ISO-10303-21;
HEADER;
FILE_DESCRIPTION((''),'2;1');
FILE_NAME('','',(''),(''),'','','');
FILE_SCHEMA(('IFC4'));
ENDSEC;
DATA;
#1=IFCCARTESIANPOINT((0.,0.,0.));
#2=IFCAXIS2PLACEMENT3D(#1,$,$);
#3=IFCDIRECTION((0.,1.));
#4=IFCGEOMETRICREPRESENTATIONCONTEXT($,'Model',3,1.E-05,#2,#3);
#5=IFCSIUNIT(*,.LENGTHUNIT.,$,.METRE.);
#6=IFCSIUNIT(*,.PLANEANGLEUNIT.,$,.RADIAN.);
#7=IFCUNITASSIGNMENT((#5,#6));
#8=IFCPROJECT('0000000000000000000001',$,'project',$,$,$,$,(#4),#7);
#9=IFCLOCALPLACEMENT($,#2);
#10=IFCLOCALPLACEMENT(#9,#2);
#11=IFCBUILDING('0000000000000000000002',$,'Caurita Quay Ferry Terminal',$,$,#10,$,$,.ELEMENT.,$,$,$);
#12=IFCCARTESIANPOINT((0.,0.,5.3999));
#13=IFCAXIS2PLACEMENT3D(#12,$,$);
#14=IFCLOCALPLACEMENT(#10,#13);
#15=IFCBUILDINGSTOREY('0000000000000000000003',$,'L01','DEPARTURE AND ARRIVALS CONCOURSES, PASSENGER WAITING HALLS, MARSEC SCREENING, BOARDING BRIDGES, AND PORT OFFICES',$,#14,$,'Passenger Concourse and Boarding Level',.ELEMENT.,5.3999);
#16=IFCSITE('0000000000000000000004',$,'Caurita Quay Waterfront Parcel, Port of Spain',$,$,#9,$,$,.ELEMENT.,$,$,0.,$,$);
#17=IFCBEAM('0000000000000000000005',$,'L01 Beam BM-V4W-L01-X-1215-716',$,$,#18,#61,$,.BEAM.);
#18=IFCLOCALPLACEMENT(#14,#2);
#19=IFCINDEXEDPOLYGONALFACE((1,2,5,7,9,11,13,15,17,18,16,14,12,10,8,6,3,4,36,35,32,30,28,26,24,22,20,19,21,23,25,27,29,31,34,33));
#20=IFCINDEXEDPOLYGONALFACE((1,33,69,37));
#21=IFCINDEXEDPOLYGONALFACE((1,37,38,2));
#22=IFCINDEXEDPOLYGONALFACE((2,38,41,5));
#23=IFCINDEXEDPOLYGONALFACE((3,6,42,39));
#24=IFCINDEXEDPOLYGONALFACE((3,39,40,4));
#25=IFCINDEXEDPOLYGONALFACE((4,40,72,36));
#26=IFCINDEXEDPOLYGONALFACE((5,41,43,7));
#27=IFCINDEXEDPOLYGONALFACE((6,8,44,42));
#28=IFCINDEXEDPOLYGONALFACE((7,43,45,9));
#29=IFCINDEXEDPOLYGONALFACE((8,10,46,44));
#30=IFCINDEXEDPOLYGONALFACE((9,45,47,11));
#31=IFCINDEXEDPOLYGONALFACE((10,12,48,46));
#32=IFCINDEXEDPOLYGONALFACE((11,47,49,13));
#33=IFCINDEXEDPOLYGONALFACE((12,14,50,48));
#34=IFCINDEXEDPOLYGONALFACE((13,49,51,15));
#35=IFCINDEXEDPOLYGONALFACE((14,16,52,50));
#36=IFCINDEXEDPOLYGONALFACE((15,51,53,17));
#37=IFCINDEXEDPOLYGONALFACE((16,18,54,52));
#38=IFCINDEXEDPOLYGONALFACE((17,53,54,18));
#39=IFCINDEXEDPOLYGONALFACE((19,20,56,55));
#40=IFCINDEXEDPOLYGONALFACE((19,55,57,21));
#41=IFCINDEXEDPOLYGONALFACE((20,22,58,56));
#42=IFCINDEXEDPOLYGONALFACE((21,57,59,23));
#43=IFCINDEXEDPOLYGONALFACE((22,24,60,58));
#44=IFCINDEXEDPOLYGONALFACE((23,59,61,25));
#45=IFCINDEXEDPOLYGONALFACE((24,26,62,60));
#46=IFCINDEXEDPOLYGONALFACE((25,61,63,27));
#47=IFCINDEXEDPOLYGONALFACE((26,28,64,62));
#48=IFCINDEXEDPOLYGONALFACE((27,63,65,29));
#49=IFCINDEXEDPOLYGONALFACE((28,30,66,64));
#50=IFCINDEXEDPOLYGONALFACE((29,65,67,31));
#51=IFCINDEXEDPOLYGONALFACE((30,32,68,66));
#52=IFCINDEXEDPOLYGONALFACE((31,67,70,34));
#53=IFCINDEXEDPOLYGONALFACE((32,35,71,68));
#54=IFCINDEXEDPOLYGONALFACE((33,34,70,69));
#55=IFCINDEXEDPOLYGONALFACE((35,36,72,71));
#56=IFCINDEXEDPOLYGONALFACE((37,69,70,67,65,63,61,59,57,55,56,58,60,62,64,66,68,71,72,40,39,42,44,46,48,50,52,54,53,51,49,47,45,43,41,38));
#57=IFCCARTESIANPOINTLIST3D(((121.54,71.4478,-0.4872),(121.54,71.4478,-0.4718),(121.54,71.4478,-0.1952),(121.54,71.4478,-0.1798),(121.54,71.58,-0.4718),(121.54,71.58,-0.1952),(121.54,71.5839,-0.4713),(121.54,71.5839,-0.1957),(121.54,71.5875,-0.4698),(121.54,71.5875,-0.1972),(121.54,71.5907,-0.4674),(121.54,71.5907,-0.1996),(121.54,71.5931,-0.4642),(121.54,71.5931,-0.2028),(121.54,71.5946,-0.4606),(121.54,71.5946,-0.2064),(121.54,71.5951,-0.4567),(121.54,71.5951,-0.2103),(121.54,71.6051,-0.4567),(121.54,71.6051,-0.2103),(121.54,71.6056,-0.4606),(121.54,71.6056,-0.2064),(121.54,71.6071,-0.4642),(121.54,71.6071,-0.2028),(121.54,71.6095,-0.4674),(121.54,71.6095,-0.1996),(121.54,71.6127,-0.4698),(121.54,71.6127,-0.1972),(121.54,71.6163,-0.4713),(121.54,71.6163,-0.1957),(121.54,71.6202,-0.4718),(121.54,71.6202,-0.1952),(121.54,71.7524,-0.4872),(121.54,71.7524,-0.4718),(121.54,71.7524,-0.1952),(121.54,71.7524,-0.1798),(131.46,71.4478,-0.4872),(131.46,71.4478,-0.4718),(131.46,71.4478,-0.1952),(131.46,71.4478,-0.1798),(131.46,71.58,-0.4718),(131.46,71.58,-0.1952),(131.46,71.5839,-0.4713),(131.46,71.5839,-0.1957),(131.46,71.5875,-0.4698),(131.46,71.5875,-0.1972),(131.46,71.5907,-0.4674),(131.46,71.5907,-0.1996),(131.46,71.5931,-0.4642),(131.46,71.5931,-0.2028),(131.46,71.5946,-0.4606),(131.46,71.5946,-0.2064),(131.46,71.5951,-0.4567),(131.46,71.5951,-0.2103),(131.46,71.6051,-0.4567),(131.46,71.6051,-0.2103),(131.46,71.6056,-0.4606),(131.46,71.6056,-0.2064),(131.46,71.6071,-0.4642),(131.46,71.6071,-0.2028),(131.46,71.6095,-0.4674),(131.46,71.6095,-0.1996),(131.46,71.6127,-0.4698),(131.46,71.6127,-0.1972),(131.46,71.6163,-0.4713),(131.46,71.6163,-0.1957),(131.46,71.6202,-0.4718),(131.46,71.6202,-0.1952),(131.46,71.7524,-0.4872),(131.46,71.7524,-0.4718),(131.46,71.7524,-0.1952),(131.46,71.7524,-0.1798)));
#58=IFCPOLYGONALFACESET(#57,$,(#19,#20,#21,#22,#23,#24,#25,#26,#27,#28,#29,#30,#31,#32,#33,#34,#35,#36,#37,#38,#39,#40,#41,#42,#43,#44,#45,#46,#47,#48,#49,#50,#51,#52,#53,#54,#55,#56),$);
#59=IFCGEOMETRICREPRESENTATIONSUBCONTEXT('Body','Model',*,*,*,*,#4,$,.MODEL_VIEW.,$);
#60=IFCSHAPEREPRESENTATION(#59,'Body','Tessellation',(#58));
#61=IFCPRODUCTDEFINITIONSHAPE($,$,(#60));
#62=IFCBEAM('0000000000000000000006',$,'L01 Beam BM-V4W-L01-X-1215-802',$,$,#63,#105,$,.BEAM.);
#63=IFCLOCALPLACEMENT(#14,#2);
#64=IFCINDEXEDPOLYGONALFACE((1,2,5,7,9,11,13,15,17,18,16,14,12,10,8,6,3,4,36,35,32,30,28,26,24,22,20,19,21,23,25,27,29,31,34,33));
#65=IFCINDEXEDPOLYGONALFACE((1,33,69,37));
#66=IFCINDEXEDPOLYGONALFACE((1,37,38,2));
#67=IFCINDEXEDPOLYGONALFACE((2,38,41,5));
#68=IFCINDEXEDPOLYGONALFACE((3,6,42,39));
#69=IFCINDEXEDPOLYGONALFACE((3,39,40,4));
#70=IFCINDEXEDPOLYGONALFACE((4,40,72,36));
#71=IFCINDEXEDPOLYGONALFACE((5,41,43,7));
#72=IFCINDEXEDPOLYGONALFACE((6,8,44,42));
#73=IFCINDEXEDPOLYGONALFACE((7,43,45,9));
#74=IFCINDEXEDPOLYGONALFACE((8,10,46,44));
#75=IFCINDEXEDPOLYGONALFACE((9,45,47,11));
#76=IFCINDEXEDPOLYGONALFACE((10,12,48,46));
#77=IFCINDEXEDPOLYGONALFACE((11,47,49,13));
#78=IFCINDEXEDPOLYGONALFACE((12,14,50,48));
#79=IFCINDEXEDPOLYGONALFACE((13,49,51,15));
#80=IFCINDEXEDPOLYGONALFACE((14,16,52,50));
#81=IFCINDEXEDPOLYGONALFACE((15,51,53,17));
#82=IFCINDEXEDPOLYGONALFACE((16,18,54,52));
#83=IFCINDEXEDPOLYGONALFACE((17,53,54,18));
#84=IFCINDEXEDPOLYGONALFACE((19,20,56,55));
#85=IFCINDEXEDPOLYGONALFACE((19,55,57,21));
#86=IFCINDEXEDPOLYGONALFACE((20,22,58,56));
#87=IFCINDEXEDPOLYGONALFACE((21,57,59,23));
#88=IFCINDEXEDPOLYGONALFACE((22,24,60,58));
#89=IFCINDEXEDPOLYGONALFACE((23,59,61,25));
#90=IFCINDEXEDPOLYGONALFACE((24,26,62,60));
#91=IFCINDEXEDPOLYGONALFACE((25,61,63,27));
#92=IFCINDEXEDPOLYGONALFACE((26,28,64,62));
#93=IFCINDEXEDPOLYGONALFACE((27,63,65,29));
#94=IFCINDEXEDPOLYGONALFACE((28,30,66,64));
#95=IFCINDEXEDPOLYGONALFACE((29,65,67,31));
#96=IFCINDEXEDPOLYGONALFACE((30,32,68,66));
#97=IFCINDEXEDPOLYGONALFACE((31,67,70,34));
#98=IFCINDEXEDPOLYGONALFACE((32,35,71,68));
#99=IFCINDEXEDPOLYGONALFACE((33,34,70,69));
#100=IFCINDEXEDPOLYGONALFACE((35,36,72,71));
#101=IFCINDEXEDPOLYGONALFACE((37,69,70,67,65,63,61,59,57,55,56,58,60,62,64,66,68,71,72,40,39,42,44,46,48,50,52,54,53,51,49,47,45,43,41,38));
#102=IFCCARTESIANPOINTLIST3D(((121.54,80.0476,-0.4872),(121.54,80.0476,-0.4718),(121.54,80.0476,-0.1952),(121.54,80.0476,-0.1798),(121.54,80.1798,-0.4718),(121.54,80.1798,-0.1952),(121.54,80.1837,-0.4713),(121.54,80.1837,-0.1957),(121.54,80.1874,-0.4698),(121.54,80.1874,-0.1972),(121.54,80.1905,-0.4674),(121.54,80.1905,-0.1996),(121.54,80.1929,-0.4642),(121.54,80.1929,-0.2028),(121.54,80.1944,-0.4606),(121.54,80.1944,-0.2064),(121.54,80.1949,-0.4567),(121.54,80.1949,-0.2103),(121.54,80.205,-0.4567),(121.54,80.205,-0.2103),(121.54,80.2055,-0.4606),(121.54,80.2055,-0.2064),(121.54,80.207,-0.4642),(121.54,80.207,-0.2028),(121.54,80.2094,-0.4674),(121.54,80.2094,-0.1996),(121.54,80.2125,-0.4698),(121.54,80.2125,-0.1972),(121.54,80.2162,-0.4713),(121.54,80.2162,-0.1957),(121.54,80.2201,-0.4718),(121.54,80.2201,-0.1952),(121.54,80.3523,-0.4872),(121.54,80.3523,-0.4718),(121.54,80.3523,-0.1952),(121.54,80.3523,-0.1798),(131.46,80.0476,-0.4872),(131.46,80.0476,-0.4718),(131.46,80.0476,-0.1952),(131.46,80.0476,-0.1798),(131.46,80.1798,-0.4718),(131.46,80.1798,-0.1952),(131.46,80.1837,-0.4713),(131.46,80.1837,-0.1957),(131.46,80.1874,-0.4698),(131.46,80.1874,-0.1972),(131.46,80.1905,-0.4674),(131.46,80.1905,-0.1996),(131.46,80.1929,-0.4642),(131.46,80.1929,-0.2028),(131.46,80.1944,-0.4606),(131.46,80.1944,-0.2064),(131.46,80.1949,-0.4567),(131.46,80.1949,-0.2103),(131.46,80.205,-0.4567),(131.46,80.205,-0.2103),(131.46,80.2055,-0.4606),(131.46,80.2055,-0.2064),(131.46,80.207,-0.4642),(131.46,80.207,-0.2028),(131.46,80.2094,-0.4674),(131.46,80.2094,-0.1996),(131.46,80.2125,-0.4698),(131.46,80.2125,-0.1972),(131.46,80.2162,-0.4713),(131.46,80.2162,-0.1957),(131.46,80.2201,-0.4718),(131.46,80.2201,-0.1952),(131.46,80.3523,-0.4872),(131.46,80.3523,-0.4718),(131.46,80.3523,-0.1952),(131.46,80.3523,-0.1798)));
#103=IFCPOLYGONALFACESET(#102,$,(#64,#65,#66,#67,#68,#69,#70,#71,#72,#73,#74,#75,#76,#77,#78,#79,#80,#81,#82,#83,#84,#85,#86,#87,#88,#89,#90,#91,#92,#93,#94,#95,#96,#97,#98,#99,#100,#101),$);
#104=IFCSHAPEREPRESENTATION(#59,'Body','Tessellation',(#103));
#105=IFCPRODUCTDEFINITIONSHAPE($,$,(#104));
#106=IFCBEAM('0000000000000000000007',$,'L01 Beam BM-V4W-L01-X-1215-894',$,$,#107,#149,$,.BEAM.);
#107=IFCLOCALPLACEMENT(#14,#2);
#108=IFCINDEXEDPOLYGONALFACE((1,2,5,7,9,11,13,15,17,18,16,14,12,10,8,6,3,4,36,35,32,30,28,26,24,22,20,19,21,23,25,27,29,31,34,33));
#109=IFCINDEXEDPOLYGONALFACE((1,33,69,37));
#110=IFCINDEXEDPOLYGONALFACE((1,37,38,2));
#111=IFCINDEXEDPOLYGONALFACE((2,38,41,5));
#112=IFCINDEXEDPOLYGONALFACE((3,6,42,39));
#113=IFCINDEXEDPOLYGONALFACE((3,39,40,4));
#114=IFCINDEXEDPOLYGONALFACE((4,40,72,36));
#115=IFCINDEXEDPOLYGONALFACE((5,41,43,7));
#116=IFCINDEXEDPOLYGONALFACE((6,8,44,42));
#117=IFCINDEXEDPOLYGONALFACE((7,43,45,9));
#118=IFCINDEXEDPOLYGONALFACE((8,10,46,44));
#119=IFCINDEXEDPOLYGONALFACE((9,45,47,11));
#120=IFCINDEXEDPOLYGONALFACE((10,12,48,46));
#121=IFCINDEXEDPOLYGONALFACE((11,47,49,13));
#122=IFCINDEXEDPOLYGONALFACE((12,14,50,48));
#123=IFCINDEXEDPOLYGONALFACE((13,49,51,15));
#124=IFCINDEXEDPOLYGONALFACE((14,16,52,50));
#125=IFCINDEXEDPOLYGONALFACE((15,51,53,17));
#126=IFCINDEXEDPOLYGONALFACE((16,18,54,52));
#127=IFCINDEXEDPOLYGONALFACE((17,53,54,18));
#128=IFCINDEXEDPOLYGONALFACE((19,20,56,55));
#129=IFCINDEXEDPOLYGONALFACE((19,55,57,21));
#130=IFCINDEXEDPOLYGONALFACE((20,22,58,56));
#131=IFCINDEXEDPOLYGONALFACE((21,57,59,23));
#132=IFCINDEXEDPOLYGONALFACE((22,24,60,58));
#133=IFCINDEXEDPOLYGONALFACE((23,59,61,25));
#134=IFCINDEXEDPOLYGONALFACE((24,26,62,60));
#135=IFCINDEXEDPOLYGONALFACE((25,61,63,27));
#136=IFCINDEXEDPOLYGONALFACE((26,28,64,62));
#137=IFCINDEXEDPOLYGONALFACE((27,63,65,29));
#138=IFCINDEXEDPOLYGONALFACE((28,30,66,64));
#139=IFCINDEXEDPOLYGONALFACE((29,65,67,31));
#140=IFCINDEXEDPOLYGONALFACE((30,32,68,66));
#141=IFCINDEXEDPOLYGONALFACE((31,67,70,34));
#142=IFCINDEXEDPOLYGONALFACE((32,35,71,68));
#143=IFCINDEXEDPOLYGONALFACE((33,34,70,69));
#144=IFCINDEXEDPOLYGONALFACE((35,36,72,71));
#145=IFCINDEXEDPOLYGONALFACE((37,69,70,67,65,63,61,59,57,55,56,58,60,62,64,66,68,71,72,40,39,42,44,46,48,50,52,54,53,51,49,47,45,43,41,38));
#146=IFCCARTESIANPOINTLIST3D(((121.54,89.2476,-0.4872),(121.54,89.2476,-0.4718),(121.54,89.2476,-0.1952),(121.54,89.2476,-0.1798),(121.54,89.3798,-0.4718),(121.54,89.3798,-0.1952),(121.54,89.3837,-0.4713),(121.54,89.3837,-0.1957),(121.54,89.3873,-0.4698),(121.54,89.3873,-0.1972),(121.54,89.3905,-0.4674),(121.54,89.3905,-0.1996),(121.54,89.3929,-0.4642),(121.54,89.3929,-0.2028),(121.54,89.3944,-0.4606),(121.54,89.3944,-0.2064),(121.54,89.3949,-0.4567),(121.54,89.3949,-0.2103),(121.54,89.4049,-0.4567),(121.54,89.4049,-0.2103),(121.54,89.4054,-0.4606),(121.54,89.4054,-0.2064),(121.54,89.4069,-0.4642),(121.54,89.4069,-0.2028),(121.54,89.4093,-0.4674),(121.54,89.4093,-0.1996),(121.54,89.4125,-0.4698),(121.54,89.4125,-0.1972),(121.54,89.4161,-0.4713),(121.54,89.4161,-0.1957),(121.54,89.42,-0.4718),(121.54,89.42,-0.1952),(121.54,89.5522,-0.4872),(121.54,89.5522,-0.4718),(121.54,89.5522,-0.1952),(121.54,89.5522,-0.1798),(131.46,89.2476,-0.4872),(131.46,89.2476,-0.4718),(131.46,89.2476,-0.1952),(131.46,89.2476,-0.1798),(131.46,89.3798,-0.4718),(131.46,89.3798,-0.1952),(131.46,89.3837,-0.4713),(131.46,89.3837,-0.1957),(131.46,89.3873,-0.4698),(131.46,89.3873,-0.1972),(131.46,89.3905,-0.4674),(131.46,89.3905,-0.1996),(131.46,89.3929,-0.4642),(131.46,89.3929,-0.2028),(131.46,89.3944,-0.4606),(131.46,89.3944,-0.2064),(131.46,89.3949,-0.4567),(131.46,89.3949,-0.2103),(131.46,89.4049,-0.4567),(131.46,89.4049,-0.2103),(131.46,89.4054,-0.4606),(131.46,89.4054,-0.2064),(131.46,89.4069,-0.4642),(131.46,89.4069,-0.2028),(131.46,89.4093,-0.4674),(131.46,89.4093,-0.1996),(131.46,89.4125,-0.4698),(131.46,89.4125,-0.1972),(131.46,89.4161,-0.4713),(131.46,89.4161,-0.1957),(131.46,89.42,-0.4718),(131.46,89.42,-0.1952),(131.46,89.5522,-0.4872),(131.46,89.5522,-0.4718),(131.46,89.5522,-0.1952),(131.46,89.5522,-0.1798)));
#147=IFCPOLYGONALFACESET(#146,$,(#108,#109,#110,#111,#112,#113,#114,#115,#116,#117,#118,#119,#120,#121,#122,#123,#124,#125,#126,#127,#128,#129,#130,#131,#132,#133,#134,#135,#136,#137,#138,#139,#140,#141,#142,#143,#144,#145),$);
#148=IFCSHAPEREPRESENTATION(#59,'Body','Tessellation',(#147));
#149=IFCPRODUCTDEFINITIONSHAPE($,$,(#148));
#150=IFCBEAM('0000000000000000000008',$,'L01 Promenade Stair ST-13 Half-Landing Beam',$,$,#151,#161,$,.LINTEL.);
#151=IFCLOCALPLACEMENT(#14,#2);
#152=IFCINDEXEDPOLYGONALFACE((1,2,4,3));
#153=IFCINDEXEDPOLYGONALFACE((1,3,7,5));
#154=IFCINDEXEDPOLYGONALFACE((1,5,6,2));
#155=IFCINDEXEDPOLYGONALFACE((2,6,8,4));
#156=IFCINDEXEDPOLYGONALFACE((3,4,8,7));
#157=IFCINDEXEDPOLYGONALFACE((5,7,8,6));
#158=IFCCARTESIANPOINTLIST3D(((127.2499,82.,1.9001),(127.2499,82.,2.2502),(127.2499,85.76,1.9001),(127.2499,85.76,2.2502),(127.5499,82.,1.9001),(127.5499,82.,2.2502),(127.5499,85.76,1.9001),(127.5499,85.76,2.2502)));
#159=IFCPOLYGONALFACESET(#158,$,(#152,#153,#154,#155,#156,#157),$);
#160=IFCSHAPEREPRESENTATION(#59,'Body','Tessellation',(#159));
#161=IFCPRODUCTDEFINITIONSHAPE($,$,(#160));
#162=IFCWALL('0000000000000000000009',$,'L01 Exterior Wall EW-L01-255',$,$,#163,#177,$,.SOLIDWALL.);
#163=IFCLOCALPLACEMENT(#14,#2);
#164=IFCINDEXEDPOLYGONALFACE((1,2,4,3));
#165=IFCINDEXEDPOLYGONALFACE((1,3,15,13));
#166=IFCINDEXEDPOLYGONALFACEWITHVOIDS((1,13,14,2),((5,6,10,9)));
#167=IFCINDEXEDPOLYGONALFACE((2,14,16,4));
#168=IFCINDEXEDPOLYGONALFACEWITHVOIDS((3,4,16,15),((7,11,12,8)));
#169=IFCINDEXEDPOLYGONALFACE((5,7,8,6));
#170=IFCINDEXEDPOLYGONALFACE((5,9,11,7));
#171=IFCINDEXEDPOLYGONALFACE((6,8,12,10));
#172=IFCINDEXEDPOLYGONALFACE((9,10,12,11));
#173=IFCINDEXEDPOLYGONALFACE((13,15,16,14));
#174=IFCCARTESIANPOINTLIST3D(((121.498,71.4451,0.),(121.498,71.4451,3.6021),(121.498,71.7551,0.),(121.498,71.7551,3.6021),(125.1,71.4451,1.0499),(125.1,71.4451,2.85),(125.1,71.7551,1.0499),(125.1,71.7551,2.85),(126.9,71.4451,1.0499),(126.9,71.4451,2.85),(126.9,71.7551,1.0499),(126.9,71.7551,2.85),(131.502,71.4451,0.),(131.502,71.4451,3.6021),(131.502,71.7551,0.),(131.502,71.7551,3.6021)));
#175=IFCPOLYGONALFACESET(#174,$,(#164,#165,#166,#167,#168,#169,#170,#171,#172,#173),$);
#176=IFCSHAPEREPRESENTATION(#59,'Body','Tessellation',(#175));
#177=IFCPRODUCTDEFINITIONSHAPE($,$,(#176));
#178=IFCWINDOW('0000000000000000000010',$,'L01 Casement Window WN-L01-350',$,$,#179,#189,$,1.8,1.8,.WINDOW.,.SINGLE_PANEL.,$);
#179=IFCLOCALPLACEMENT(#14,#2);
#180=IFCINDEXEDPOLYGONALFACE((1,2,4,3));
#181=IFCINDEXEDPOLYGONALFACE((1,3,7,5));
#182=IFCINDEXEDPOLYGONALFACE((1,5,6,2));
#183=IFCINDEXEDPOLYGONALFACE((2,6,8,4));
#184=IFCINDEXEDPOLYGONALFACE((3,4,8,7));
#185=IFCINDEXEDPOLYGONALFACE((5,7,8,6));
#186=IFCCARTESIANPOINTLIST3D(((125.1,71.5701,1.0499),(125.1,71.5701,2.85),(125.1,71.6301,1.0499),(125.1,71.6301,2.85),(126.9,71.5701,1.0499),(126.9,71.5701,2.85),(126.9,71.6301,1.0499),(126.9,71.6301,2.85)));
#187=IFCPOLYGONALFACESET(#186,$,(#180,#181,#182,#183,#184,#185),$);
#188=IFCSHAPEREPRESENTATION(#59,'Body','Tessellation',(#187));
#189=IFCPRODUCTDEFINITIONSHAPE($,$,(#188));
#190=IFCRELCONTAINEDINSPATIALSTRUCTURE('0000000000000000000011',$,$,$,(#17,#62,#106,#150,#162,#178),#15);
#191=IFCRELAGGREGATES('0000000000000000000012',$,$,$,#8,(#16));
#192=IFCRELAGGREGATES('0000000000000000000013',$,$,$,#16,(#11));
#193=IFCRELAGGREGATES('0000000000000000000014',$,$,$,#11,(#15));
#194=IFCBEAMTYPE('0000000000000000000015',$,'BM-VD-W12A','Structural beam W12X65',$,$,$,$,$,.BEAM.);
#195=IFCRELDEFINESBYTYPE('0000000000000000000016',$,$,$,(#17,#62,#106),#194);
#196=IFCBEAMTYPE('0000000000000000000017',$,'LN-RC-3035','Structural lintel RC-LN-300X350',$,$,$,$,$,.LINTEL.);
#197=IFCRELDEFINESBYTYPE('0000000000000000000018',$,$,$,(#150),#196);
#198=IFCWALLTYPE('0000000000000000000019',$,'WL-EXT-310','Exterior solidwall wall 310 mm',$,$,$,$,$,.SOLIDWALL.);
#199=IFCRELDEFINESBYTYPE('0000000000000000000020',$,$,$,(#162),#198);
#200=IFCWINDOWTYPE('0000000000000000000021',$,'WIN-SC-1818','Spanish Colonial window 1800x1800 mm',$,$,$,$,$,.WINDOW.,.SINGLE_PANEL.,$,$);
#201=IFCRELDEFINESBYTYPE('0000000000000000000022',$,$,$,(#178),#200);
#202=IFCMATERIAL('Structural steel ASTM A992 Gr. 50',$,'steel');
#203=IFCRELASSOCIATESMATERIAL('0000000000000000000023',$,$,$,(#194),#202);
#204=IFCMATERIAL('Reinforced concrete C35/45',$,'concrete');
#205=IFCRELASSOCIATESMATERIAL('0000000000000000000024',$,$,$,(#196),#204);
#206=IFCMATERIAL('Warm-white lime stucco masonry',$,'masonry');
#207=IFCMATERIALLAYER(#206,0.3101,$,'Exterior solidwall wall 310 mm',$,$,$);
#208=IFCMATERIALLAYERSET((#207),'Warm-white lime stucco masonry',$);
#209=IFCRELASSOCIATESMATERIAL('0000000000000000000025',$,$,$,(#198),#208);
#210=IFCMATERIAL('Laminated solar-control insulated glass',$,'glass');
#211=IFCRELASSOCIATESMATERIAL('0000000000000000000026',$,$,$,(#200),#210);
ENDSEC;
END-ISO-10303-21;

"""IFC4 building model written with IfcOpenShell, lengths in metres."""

from ifc_helpers import new_model, si_unit, direction, frame, frame_2d, origin, origin_2d, place, context, subcontext, project, spatial, rectangle, i_section, extrude, material, layer, layer_set, material_profile, profile_set, type_object, element, fill, save


model = new_model("IFC4")

# Units and contexts
model_context = context("Model", 3, precision=1e-05, world=origin(), true_north=direction((0.0, 1.0)))
body_context = subcontext(model_context, "Body", "Model", "MODEL_VIEW")
ifc_project = project(units=[si_unit("LENGTHUNIT", "METRE"), si_unit("PLANEANGLEUNIT", "RADIAN")], contexts=[model_context])

# Site, building, storey
site_placement = place(None, origin())
site = spatial("IfcSite", under=ifc_project, at=site_placement, Name="Caurita Quay Waterfront Parcel, Port of Spain", CompositionType="ELEMENT", RefElevation=0.0)
building_placement = place(site_placement, origin())
building = spatial("IfcBuilding", under=site, at=building_placement, Name="Caurita Quay Ferry Terminal", CompositionType="ELEMENT")
storey_placement = place(building_placement, frame((0.0, 0.0, 5.3999)))
storey = spatial("IfcBuildingStorey", under=building, at=storey_placement, Name="L01", Description="DEPARTURE AND ARRIVALS CONCOURSES, PASSENGER WAITING HALLS, MARSEC SCREENING, BOARDING BRIDGES, AND PORT OFFICES", LongName="Passenger Concourse and Boarding Level", CompositionType="ELEMENT", Elevation=5.3999)

# Shared definitions
ifc_material_1 = material(Name="Reinforced concrete C35/45", Category="concrete")

# Beams
ifc_material_2 = material(Name="Structural steel ASTM A992 Gr. 50", Category="steel")
ifc_material_profile_1 = material_profile(ifc_material_2, i_section(OverallWidth=0.3047, OverallDepth=0.3074, WebThickness=0.01, FlangeThickness=0.0154, FilletRadius=0.0151, at=origin_2d()), Name="W12X65")
ifc_profile_set_1 = profile_set([ifc_material_profile_1], Name="Structural steel ASTM A992 Gr. 50")
beam_type_1 = type_object("IfcBeamType", Name="BM-VD-W12A", Description="Structural beam W12X65", PredefinedType="BEAM", material=ifc_profile_set_1)
for number, where, z_axis, x_axis, name in (
    (1, (121.54, 71.6001, -0.3335), (1.0, 0.0, 0.0), (0.0, 1.0, 0.0), "L01 Beam BM-V4W-L01-X-1215-716"),
    (2, (121.54, 80.2, -0.3335), (1.0, 0.0, 0.0), (0.0, 1.0, 0.0), "L01 Beam BM-V4W-L01-X-1215-802"),
    (3, (121.54, 89.3999, -0.3335), (1.0, 0.0, 0.0), (0.0, 1.0, 0.0), "L01 Beam BM-V4W-L01-X-1215-894"),
):
    element("IfcBeam", number, at=place(storey_placement, frame(where, z_axis=z_axis, x_axis=x_axis)), inside=storey, type_object=beam_type_1, Name=name, PredefinedType="BEAM", context=body_context, shape_type="SweptSolid", body=[
        extrude(i_section(OverallWidth=0.3047, OverallDepth=0.3074, WebThickness=0.01, FlangeThickness=0.0154, FilletRadius=0.0151, at=origin_2d()), origin(), (0.0, 0.0, 1.0), 9.9199),
    ])
ifc_material_profile_2 = material_profile(ifc_material_1, rectangle(XDim=0.3, YDim=0.3501, at=origin_2d()), Name="RC-LN-300X350")
ifc_profile_set_2 = profile_set([ifc_material_profile_2], Name="Reinforced concrete C35/45")
beam_type_2 = type_object("IfcBeamType", Name="LN-RC-3035", Description="Structural lintel RC-LN-300X350", PredefinedType="LINTEL", material=ifc_profile_set_2)
beam_placement = place(storey_placement, frame((127.3999, 82.0, 2.0752), z_axis=(0.0, 1.0, 0.0), x_axis=(-1.0, 0.0, 0.0)))
element("IfcBeam", 4, at=beam_placement, inside=storey, type_object=beam_type_2, Name="L01 Promenade Stair ST-13 Half-Landing Beam", PredefinedType="LINTEL", context=body_context, shape_type="SweptSolid", body=[
    extrude(rectangle(XDim=0.3, YDim=0.3501, at=origin_2d()), origin(), (0.0, 0.0, 1.0), 3.76),
])

# Wall, opening, window
ifc_material_3 = material(Name="Warm-white lime stucco masonry", Category="masonry")
ifc_layer = layer(ifc_material_3, 0.3101, Name="Exterior solidwall wall 310 mm")
ifc_layer_set = layer_set([ifc_layer], Name="Warm-white lime stucco masonry")
wall_type = type_object("IfcWallType", Name="WL-EXT-310", Description="Exterior solidwall wall 310 mm", PredefinedType="SOLIDWALL", material=ifc_layer_set)
wall_placement = place(storey_placement, frame((121.498, 71.6001, 0.0), z_axis=(0.0, 0.0, 1.0), x_axis=(1.0, 0.0, 0.0)))
wall = element("IfcWall", 5, at=wall_placement, inside=storey, type_object=wall_type, Name="L01 Exterior Wall EW-L01-255", PredefinedType="SOLIDWALL", context=body_context, shape_type="SweptSolid", body=[
    extrude(rectangle(XDim=10.0039, YDim=0.3101, at=frame_2d((5.002, 0.0))), origin(), (0.0, 0.0, 1.0), 3.6021),
])
opening_placement = place(wall_placement, frame((3.6021, 0.0, 1.05)))
opening = element("IfcOpeningElement", 6, at=opening_placement, cuts=wall, PredefinedType="OPENING", context=body_context, shape_type="SweptSolid", body=[
    extrude(rectangle(XDim=1.8, YDim=1.8, at=frame_2d((0.8999, 0.8999))), frame((0.0, 0.165, 0.0), z_axis=(0.0, -1.0, 0.0), x_axis=(1.0, 0.0, 0.0)), (0.0, 0.0, 1.0), 0.3301),
])
ifc_material_4 = material(Name="Laminated solar-control insulated glass", Category="glass")
window_type = type_object("IfcWindowType", Name="WIN-SC-1818", Description="Spanish Colonial window 1800x1800 mm", PartitioningType="SINGLE_PANEL", PredefinedType="WINDOW", material=ifc_material_4)
window_placement = place(opening_placement, origin())
window = element("IfcWindow", 7, at=window_placement, inside=storey, type_object=window_type, Name="L01 Casement Window WN-L01-350", OverallHeight=1.8, OverallWidth=1.8, PartitioningType="SINGLE_PANEL", PredefinedType="WINDOW", context=body_context, shape_type="SweptSolid", body=[
    extrude(rectangle(XDim=1.8, YDim=1.8, at=frame_2d((0.8999, 0.8999))), frame((0.0, 0.03, 0.0), z_axis=(0.0, -1.0, 0.0), x_axis=(1.0, 0.0, 0.0)), (0.0, 0.0, 1.0), 0.0601),
])
fill(opening, window)

save(model, "model.ifc")
